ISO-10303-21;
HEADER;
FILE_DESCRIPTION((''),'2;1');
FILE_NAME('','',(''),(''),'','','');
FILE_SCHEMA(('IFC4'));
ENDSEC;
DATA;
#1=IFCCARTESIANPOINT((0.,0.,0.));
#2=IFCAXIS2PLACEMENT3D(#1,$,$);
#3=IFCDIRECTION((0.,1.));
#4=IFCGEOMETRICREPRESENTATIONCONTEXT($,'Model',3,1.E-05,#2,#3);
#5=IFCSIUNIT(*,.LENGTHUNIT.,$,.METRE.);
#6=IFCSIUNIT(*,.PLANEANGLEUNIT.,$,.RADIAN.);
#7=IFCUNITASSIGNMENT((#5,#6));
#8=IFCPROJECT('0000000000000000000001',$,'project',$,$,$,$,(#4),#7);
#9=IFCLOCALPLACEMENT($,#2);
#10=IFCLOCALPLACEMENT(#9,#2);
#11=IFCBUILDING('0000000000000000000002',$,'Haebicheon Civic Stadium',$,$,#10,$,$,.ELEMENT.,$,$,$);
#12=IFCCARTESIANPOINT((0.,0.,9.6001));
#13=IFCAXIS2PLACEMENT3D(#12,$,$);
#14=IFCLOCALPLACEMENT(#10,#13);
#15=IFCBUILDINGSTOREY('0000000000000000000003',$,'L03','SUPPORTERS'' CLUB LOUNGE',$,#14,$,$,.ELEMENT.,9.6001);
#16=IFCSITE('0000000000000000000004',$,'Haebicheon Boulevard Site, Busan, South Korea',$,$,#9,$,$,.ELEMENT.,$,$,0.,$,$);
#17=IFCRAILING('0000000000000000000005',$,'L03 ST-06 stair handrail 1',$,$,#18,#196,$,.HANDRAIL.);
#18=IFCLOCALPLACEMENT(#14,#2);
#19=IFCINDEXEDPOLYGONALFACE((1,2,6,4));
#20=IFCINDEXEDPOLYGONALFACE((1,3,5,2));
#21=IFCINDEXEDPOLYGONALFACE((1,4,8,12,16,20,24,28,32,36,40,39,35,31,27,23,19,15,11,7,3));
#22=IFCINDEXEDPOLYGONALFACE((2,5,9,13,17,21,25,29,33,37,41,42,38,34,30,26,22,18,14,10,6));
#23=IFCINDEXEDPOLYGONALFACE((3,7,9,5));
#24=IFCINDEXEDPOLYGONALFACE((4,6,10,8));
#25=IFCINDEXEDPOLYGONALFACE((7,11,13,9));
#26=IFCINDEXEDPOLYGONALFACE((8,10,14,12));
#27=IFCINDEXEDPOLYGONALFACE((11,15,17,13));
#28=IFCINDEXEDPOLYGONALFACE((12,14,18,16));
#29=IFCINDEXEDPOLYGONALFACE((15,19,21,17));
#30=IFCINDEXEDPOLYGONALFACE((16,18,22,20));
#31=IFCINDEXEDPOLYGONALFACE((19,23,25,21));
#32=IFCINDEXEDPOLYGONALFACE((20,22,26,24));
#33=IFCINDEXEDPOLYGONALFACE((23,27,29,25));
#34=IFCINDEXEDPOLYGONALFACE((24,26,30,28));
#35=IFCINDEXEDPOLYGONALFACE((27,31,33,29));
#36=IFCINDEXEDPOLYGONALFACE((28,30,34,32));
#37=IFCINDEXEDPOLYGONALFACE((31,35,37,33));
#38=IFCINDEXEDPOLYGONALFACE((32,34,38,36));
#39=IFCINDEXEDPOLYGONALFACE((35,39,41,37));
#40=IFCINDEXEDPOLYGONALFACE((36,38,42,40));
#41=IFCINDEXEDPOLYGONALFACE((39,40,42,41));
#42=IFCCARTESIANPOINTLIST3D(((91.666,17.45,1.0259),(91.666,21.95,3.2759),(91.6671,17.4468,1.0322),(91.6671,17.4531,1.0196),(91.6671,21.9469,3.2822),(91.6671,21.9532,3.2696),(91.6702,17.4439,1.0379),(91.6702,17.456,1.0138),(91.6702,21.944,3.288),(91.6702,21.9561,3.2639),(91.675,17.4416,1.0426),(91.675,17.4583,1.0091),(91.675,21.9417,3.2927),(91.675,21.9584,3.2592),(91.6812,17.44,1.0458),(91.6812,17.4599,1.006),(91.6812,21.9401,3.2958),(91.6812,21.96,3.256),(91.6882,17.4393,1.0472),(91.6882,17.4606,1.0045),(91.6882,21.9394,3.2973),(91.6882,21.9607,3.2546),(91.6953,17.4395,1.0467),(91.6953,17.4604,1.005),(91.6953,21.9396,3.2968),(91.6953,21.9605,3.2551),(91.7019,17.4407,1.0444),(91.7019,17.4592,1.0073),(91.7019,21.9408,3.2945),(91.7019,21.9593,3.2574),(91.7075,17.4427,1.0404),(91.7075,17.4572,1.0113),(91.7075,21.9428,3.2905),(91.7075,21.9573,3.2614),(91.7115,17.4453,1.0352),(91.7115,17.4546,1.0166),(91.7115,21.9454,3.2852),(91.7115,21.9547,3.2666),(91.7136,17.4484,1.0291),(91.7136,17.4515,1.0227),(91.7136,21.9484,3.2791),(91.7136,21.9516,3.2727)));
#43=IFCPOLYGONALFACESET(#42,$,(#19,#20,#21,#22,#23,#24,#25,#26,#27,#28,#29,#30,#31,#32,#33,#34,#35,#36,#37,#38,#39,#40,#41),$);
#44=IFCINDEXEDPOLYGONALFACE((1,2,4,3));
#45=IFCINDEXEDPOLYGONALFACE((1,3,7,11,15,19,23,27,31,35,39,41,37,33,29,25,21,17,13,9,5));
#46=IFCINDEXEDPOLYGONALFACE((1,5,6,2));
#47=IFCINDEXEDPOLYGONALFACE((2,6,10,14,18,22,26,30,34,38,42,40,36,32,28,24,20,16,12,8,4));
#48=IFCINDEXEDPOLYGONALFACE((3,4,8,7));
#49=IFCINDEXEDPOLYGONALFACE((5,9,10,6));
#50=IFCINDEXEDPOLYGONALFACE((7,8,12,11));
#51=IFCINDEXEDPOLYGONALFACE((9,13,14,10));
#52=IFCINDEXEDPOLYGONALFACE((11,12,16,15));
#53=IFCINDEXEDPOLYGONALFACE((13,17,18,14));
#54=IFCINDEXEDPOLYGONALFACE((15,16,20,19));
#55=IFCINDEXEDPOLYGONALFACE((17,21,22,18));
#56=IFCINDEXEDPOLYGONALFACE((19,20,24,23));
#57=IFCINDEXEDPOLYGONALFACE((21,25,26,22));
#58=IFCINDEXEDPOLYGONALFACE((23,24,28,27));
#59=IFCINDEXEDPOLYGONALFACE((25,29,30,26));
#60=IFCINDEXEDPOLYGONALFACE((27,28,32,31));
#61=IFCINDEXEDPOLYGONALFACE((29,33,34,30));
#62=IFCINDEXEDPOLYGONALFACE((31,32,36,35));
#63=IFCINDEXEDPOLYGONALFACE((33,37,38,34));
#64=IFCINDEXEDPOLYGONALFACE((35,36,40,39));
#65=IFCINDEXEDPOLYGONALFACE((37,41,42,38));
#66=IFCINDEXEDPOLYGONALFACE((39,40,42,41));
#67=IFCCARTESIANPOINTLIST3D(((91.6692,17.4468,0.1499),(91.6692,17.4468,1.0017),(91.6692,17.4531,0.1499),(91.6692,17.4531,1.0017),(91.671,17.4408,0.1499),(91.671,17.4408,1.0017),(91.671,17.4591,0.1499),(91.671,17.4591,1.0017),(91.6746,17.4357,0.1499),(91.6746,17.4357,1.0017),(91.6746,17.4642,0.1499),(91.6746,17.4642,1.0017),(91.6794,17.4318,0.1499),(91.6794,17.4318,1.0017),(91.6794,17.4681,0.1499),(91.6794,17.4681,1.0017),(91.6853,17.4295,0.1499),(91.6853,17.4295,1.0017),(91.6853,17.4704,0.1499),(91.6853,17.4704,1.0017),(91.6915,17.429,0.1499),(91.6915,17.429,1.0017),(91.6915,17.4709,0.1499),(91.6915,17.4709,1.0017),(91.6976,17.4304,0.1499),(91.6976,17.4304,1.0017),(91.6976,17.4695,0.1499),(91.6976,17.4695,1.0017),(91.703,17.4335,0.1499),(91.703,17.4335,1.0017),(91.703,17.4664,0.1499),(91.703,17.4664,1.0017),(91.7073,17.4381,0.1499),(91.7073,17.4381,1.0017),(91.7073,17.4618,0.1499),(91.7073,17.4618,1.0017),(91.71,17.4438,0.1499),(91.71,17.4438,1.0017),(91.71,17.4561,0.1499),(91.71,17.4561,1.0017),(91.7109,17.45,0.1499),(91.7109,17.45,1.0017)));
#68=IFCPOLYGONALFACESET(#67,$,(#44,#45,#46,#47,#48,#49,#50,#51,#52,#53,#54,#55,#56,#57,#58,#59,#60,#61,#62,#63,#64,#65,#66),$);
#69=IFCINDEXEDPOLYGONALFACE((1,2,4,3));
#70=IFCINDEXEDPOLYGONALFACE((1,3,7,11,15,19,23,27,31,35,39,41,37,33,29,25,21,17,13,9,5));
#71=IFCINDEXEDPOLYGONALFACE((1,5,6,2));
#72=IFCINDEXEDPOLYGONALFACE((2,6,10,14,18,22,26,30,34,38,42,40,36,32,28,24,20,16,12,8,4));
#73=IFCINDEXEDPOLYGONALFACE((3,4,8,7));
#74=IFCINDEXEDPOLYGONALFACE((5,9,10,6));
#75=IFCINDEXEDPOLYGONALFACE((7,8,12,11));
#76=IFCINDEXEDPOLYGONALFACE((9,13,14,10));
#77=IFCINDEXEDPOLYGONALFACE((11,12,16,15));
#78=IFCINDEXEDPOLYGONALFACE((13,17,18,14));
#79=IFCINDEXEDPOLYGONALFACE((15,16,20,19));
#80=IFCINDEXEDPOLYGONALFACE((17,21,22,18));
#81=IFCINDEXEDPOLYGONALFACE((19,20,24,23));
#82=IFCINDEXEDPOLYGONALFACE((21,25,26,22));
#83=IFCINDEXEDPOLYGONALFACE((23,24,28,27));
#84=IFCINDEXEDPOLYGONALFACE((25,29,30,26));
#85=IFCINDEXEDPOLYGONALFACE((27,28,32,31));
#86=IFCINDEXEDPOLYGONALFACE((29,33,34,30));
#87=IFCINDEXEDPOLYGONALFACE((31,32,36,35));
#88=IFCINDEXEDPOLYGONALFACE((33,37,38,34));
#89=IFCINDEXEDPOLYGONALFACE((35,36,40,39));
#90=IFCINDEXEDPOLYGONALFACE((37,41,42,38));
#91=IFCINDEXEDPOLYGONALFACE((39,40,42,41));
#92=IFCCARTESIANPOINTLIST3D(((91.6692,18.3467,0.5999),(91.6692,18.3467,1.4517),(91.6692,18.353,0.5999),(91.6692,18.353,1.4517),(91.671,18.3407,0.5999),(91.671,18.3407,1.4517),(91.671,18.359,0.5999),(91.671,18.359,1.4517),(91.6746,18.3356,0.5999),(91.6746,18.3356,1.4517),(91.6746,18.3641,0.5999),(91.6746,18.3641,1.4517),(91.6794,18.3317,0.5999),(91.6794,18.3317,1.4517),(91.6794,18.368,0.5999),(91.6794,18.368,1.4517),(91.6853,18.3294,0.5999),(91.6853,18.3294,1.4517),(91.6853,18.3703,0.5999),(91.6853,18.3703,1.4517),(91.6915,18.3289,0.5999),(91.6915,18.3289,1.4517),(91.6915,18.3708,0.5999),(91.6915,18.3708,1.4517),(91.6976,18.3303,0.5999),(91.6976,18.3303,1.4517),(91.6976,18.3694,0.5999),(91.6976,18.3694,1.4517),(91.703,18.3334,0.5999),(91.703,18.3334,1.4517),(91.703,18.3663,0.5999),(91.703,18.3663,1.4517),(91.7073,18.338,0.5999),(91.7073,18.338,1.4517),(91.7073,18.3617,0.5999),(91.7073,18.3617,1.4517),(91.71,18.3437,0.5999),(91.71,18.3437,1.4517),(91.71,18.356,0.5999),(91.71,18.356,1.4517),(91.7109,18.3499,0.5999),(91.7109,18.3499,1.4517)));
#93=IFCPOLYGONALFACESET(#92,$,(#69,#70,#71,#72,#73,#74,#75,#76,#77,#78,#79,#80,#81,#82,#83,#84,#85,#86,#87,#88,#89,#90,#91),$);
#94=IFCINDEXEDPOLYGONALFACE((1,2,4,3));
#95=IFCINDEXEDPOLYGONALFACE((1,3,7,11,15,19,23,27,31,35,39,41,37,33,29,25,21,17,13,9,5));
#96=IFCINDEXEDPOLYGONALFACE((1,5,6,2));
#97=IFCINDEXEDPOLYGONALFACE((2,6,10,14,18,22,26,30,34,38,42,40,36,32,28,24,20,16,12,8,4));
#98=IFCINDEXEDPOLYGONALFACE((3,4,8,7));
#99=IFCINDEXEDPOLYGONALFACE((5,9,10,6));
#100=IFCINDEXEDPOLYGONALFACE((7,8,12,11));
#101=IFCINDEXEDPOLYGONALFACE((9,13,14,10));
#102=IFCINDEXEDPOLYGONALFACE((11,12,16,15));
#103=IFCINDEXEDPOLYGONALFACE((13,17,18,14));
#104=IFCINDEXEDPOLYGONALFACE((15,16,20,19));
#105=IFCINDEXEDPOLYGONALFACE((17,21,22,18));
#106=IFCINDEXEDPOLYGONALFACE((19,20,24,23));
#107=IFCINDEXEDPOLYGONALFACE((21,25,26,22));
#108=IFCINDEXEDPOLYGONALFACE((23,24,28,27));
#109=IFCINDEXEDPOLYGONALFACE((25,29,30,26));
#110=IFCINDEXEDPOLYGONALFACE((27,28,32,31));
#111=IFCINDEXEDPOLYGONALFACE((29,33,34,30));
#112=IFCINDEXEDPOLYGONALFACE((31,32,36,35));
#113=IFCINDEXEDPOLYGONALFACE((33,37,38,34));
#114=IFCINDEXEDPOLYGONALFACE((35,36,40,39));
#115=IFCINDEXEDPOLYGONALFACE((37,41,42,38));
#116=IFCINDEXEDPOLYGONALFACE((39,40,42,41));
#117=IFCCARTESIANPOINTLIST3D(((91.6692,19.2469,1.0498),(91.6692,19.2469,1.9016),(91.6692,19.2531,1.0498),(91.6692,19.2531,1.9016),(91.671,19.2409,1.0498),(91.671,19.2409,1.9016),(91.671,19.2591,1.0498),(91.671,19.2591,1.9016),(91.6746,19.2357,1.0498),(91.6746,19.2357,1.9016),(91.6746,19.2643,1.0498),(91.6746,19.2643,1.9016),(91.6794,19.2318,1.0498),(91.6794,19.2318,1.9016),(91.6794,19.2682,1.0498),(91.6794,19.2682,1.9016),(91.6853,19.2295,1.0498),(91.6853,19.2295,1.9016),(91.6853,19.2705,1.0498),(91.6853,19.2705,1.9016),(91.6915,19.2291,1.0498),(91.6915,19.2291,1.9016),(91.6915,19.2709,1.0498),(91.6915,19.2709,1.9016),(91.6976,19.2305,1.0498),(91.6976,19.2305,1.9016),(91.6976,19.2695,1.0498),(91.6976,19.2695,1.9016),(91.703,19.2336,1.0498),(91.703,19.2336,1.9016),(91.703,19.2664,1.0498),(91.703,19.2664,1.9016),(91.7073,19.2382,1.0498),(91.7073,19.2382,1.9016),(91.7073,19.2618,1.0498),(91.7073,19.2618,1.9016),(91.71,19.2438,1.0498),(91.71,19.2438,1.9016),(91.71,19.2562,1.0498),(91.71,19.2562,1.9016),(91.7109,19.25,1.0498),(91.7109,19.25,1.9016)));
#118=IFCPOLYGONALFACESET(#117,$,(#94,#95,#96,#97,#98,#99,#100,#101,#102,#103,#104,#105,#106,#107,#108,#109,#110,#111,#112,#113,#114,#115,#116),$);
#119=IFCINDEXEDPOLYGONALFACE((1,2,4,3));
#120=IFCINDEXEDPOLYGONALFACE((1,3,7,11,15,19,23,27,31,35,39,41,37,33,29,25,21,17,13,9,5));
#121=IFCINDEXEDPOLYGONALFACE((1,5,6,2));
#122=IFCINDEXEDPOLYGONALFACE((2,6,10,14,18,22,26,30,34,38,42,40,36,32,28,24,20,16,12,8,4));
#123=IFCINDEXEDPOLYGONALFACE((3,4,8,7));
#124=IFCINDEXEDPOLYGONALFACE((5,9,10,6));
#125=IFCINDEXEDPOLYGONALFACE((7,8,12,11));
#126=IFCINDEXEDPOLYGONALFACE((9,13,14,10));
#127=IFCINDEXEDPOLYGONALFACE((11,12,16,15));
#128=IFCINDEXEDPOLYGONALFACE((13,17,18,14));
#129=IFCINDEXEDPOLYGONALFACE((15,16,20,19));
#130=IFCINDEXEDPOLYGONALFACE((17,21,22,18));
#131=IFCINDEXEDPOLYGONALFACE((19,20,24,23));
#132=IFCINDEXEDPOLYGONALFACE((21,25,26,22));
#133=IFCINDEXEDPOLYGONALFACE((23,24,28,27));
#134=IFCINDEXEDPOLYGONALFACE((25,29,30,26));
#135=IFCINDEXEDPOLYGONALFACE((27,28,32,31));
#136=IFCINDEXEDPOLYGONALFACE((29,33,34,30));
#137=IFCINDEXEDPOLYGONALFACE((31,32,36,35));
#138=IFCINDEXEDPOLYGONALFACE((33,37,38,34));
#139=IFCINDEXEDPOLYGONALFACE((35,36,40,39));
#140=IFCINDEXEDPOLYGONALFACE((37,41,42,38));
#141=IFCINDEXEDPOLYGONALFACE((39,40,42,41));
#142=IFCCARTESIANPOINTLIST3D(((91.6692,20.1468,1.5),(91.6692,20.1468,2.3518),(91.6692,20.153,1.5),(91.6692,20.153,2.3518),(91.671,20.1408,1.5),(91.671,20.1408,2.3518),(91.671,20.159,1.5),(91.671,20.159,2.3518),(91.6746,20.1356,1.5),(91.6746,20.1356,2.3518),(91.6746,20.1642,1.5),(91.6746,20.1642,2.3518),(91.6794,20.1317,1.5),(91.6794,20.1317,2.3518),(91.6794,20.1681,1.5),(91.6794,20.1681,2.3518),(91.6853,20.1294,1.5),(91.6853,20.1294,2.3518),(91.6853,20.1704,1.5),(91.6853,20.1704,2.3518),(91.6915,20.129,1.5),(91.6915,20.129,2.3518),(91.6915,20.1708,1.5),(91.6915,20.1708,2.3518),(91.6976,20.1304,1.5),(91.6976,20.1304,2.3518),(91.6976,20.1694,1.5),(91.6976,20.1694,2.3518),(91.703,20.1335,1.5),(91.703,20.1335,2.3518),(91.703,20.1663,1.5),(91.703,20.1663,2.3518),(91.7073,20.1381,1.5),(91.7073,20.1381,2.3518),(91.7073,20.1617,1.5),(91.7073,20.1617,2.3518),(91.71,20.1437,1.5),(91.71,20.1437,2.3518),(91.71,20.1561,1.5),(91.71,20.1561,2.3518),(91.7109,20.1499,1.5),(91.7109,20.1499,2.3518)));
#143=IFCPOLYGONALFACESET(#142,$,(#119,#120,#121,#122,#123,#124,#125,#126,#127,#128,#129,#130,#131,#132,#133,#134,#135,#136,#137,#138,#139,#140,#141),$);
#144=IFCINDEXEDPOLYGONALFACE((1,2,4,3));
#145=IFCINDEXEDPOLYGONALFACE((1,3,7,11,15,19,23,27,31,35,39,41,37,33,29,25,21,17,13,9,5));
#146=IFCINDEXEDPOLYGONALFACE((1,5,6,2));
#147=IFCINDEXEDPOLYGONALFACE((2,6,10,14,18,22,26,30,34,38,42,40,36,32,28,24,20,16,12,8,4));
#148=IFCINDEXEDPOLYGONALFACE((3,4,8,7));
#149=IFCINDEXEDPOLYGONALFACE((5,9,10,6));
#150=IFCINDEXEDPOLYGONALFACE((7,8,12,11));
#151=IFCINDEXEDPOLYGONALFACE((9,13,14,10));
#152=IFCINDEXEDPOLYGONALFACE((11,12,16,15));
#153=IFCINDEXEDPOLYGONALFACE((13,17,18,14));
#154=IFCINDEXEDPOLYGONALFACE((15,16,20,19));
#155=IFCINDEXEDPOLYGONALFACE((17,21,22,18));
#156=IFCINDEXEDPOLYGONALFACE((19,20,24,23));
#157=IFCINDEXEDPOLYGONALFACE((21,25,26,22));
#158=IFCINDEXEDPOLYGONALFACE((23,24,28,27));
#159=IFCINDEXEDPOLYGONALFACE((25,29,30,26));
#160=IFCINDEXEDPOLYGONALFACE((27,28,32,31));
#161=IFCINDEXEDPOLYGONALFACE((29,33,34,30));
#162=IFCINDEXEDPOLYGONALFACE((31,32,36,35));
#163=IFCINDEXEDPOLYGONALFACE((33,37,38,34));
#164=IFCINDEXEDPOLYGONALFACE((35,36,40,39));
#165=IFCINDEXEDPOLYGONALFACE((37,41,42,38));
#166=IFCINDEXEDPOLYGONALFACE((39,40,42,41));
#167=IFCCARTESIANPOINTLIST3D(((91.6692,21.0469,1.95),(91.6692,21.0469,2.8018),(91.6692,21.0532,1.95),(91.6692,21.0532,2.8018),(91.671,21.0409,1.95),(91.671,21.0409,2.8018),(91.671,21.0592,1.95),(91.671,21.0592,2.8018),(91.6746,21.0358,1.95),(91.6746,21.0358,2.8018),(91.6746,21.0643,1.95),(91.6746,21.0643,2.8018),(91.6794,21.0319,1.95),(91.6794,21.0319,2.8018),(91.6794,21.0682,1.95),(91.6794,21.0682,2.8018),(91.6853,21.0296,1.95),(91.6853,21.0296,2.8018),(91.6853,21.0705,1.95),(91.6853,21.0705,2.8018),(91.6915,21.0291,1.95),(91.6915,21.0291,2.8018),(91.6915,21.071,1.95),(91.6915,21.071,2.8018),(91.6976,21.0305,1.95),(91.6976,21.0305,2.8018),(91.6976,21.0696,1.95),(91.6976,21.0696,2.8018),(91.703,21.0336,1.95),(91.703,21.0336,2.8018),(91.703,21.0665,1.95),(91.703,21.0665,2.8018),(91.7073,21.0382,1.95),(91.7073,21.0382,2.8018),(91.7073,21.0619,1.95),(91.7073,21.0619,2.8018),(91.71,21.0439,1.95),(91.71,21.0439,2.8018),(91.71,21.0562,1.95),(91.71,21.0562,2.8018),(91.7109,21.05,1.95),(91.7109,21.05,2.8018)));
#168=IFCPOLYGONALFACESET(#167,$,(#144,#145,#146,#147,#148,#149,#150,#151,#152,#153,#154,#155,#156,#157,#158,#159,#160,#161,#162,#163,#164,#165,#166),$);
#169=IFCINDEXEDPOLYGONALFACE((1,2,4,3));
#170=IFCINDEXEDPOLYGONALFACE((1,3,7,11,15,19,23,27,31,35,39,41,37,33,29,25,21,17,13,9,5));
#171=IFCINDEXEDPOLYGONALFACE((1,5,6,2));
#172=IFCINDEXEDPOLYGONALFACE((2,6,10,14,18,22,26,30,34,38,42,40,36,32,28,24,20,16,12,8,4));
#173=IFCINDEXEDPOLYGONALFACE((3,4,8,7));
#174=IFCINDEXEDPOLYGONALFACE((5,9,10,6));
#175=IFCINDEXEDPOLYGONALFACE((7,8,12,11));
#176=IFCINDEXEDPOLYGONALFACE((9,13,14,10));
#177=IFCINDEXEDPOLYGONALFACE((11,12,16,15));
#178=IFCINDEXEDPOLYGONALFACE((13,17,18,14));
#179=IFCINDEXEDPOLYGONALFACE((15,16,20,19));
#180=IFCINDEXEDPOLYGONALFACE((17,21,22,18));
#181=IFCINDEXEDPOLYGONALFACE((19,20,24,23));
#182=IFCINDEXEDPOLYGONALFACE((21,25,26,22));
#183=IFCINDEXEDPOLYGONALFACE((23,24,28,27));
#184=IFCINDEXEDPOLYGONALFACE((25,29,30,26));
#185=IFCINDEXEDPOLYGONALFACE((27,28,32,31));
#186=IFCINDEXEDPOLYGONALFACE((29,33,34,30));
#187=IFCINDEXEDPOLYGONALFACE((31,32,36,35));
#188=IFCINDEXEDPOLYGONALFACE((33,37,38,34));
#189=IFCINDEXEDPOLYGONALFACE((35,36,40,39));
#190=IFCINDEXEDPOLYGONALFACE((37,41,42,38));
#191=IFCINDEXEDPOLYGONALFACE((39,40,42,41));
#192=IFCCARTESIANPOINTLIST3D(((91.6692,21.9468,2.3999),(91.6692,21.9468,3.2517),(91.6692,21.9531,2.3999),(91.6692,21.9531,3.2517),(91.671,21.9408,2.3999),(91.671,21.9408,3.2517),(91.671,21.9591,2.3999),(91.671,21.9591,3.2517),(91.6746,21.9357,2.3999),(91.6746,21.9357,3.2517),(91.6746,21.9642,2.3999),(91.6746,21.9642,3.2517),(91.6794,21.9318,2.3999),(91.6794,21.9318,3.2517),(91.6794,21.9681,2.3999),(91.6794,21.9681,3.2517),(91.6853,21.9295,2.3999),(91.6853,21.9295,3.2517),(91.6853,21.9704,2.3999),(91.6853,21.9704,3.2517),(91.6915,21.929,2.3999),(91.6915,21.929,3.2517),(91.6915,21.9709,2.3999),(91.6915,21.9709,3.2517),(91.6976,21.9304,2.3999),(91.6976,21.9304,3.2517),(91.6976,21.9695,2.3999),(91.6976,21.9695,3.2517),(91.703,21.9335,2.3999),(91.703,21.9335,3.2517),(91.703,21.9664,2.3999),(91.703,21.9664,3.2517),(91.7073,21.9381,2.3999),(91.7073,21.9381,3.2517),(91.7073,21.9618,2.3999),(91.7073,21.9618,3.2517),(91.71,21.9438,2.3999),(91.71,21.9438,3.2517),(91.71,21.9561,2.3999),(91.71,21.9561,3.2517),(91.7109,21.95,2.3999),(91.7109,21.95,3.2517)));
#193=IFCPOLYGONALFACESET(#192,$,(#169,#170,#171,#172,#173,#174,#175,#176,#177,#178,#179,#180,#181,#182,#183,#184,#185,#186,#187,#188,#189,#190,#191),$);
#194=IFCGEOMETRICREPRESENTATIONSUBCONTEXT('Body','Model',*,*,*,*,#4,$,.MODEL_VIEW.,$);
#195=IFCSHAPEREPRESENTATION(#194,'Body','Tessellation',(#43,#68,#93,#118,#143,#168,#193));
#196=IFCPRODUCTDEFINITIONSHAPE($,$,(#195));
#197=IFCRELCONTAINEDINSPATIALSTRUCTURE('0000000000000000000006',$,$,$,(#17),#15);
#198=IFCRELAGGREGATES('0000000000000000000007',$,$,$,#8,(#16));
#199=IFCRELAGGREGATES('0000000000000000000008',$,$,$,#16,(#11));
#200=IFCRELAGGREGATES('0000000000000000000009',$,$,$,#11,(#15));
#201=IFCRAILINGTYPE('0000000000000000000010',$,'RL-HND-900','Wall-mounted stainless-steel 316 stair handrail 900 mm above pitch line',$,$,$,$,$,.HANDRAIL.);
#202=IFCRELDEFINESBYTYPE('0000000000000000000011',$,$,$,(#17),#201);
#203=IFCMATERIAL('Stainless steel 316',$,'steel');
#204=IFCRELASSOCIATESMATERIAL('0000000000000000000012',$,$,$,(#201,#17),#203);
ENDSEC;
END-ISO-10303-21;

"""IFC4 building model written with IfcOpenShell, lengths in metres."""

from ifc_helpers import new_model, si_unit, direction, frame, origin, origin_2d, place, context, subcontext, project, spatial, circle, extrude, material, type_object, element, save


model = new_model("IFC4")

# Units and contexts
model_context = context("Model", 3, precision=1e-05, world=origin(), true_north=direction((0.0, 1.0)))
body_context = subcontext(model_context, "Body", "Model", "MODEL_VIEW")
ifc_project = project(units=[si_unit("LENGTHUNIT", "METRE"), si_unit("PLANEANGLEUNIT", "RADIAN")], contexts=[model_context])

# Site, building, storey
site_placement = place(None, origin())
site = spatial("IfcSite", under=ifc_project, at=site_placement, Name="Haebicheon Boulevard Site, Busan, South Korea", CompositionType="ELEMENT", RefElevation=0.0)
building_placement = place(site_placement, origin())
building = spatial("IfcBuilding", under=site, at=building_placement, Name="Haebicheon Civic Stadium", CompositionType="ELEMENT")
storey_placement = place(building_placement, frame((0.0, 0.0, 9.6001)))
storey = spatial("IfcBuildingStorey", under=building, at=storey_placement, Name="L03", Description="SUPPORTERS' CLUB LOUNGE", CompositionType="ELEMENT", Elevation=9.6001)

# Railing
ifc_material_1 = material(Name="Stainless steel 316", Category="steel")
railing_type_1 = type_object("IfcRailingType", Name="RL-HND-900", Description="Wall-mounted stainless-steel 316 stair handrail 900 mm above pitch line", PredefinedType="HANDRAIL", material=ifc_material_1)
railing_1_placement = place(storey_placement, frame((91.6899, 17.45, 0.1499)))
element("IfcRailing", 1, at=railing_1_placement, inside=storey, type_object=railing_type_1, material=ifc_material_1, Name="L03 ST-06 stair handrail 1", PredefinedType="HANDRAIL", context=body_context, shape_type="SweptSolid", body=[
    extrude(circle(Radius=0.0239, at=origin_2d()), frame((0.0, 0.0, 0.876), z_axis=(0.0, 0.894427, 0.447214), x_axis=(-1.0, 0.0, 0.0)), (0.0, 0.0, 1.0), 5.0312),
    extrude(circle(Radius=0.021, at=origin_2d()), origin(), (0.0, 0.0, 1.0), 0.8518),
    extrude(circle(Radius=0.021, at=origin_2d()), frame((0.0, 0.8999, 0.45)), (0.0, 0.0, 1.0), 0.8518),
    extrude(circle(Radius=0.021, at=origin_2d()), frame((0.0, 1.8, 0.8999)), (0.0, 0.0, 1.0), 0.8518),
    extrude(circle(Radius=0.021, at=origin_2d()), frame((0.0, 2.7, 1.3501)), (0.0, 0.0, 1.0), 0.8518),
    extrude(circle(Radius=0.021, at=origin_2d()), frame((0.0, 3.6001, 1.8)), (0.0, 0.0, 1.0), 0.8518),
    extrude(circle(Radius=0.021, at=origin_2d()), frame((0.0, 4.5, 2.25)), (0.0, 0.0, 1.0), 0.8518),
])

save(model, "model.ifc")
